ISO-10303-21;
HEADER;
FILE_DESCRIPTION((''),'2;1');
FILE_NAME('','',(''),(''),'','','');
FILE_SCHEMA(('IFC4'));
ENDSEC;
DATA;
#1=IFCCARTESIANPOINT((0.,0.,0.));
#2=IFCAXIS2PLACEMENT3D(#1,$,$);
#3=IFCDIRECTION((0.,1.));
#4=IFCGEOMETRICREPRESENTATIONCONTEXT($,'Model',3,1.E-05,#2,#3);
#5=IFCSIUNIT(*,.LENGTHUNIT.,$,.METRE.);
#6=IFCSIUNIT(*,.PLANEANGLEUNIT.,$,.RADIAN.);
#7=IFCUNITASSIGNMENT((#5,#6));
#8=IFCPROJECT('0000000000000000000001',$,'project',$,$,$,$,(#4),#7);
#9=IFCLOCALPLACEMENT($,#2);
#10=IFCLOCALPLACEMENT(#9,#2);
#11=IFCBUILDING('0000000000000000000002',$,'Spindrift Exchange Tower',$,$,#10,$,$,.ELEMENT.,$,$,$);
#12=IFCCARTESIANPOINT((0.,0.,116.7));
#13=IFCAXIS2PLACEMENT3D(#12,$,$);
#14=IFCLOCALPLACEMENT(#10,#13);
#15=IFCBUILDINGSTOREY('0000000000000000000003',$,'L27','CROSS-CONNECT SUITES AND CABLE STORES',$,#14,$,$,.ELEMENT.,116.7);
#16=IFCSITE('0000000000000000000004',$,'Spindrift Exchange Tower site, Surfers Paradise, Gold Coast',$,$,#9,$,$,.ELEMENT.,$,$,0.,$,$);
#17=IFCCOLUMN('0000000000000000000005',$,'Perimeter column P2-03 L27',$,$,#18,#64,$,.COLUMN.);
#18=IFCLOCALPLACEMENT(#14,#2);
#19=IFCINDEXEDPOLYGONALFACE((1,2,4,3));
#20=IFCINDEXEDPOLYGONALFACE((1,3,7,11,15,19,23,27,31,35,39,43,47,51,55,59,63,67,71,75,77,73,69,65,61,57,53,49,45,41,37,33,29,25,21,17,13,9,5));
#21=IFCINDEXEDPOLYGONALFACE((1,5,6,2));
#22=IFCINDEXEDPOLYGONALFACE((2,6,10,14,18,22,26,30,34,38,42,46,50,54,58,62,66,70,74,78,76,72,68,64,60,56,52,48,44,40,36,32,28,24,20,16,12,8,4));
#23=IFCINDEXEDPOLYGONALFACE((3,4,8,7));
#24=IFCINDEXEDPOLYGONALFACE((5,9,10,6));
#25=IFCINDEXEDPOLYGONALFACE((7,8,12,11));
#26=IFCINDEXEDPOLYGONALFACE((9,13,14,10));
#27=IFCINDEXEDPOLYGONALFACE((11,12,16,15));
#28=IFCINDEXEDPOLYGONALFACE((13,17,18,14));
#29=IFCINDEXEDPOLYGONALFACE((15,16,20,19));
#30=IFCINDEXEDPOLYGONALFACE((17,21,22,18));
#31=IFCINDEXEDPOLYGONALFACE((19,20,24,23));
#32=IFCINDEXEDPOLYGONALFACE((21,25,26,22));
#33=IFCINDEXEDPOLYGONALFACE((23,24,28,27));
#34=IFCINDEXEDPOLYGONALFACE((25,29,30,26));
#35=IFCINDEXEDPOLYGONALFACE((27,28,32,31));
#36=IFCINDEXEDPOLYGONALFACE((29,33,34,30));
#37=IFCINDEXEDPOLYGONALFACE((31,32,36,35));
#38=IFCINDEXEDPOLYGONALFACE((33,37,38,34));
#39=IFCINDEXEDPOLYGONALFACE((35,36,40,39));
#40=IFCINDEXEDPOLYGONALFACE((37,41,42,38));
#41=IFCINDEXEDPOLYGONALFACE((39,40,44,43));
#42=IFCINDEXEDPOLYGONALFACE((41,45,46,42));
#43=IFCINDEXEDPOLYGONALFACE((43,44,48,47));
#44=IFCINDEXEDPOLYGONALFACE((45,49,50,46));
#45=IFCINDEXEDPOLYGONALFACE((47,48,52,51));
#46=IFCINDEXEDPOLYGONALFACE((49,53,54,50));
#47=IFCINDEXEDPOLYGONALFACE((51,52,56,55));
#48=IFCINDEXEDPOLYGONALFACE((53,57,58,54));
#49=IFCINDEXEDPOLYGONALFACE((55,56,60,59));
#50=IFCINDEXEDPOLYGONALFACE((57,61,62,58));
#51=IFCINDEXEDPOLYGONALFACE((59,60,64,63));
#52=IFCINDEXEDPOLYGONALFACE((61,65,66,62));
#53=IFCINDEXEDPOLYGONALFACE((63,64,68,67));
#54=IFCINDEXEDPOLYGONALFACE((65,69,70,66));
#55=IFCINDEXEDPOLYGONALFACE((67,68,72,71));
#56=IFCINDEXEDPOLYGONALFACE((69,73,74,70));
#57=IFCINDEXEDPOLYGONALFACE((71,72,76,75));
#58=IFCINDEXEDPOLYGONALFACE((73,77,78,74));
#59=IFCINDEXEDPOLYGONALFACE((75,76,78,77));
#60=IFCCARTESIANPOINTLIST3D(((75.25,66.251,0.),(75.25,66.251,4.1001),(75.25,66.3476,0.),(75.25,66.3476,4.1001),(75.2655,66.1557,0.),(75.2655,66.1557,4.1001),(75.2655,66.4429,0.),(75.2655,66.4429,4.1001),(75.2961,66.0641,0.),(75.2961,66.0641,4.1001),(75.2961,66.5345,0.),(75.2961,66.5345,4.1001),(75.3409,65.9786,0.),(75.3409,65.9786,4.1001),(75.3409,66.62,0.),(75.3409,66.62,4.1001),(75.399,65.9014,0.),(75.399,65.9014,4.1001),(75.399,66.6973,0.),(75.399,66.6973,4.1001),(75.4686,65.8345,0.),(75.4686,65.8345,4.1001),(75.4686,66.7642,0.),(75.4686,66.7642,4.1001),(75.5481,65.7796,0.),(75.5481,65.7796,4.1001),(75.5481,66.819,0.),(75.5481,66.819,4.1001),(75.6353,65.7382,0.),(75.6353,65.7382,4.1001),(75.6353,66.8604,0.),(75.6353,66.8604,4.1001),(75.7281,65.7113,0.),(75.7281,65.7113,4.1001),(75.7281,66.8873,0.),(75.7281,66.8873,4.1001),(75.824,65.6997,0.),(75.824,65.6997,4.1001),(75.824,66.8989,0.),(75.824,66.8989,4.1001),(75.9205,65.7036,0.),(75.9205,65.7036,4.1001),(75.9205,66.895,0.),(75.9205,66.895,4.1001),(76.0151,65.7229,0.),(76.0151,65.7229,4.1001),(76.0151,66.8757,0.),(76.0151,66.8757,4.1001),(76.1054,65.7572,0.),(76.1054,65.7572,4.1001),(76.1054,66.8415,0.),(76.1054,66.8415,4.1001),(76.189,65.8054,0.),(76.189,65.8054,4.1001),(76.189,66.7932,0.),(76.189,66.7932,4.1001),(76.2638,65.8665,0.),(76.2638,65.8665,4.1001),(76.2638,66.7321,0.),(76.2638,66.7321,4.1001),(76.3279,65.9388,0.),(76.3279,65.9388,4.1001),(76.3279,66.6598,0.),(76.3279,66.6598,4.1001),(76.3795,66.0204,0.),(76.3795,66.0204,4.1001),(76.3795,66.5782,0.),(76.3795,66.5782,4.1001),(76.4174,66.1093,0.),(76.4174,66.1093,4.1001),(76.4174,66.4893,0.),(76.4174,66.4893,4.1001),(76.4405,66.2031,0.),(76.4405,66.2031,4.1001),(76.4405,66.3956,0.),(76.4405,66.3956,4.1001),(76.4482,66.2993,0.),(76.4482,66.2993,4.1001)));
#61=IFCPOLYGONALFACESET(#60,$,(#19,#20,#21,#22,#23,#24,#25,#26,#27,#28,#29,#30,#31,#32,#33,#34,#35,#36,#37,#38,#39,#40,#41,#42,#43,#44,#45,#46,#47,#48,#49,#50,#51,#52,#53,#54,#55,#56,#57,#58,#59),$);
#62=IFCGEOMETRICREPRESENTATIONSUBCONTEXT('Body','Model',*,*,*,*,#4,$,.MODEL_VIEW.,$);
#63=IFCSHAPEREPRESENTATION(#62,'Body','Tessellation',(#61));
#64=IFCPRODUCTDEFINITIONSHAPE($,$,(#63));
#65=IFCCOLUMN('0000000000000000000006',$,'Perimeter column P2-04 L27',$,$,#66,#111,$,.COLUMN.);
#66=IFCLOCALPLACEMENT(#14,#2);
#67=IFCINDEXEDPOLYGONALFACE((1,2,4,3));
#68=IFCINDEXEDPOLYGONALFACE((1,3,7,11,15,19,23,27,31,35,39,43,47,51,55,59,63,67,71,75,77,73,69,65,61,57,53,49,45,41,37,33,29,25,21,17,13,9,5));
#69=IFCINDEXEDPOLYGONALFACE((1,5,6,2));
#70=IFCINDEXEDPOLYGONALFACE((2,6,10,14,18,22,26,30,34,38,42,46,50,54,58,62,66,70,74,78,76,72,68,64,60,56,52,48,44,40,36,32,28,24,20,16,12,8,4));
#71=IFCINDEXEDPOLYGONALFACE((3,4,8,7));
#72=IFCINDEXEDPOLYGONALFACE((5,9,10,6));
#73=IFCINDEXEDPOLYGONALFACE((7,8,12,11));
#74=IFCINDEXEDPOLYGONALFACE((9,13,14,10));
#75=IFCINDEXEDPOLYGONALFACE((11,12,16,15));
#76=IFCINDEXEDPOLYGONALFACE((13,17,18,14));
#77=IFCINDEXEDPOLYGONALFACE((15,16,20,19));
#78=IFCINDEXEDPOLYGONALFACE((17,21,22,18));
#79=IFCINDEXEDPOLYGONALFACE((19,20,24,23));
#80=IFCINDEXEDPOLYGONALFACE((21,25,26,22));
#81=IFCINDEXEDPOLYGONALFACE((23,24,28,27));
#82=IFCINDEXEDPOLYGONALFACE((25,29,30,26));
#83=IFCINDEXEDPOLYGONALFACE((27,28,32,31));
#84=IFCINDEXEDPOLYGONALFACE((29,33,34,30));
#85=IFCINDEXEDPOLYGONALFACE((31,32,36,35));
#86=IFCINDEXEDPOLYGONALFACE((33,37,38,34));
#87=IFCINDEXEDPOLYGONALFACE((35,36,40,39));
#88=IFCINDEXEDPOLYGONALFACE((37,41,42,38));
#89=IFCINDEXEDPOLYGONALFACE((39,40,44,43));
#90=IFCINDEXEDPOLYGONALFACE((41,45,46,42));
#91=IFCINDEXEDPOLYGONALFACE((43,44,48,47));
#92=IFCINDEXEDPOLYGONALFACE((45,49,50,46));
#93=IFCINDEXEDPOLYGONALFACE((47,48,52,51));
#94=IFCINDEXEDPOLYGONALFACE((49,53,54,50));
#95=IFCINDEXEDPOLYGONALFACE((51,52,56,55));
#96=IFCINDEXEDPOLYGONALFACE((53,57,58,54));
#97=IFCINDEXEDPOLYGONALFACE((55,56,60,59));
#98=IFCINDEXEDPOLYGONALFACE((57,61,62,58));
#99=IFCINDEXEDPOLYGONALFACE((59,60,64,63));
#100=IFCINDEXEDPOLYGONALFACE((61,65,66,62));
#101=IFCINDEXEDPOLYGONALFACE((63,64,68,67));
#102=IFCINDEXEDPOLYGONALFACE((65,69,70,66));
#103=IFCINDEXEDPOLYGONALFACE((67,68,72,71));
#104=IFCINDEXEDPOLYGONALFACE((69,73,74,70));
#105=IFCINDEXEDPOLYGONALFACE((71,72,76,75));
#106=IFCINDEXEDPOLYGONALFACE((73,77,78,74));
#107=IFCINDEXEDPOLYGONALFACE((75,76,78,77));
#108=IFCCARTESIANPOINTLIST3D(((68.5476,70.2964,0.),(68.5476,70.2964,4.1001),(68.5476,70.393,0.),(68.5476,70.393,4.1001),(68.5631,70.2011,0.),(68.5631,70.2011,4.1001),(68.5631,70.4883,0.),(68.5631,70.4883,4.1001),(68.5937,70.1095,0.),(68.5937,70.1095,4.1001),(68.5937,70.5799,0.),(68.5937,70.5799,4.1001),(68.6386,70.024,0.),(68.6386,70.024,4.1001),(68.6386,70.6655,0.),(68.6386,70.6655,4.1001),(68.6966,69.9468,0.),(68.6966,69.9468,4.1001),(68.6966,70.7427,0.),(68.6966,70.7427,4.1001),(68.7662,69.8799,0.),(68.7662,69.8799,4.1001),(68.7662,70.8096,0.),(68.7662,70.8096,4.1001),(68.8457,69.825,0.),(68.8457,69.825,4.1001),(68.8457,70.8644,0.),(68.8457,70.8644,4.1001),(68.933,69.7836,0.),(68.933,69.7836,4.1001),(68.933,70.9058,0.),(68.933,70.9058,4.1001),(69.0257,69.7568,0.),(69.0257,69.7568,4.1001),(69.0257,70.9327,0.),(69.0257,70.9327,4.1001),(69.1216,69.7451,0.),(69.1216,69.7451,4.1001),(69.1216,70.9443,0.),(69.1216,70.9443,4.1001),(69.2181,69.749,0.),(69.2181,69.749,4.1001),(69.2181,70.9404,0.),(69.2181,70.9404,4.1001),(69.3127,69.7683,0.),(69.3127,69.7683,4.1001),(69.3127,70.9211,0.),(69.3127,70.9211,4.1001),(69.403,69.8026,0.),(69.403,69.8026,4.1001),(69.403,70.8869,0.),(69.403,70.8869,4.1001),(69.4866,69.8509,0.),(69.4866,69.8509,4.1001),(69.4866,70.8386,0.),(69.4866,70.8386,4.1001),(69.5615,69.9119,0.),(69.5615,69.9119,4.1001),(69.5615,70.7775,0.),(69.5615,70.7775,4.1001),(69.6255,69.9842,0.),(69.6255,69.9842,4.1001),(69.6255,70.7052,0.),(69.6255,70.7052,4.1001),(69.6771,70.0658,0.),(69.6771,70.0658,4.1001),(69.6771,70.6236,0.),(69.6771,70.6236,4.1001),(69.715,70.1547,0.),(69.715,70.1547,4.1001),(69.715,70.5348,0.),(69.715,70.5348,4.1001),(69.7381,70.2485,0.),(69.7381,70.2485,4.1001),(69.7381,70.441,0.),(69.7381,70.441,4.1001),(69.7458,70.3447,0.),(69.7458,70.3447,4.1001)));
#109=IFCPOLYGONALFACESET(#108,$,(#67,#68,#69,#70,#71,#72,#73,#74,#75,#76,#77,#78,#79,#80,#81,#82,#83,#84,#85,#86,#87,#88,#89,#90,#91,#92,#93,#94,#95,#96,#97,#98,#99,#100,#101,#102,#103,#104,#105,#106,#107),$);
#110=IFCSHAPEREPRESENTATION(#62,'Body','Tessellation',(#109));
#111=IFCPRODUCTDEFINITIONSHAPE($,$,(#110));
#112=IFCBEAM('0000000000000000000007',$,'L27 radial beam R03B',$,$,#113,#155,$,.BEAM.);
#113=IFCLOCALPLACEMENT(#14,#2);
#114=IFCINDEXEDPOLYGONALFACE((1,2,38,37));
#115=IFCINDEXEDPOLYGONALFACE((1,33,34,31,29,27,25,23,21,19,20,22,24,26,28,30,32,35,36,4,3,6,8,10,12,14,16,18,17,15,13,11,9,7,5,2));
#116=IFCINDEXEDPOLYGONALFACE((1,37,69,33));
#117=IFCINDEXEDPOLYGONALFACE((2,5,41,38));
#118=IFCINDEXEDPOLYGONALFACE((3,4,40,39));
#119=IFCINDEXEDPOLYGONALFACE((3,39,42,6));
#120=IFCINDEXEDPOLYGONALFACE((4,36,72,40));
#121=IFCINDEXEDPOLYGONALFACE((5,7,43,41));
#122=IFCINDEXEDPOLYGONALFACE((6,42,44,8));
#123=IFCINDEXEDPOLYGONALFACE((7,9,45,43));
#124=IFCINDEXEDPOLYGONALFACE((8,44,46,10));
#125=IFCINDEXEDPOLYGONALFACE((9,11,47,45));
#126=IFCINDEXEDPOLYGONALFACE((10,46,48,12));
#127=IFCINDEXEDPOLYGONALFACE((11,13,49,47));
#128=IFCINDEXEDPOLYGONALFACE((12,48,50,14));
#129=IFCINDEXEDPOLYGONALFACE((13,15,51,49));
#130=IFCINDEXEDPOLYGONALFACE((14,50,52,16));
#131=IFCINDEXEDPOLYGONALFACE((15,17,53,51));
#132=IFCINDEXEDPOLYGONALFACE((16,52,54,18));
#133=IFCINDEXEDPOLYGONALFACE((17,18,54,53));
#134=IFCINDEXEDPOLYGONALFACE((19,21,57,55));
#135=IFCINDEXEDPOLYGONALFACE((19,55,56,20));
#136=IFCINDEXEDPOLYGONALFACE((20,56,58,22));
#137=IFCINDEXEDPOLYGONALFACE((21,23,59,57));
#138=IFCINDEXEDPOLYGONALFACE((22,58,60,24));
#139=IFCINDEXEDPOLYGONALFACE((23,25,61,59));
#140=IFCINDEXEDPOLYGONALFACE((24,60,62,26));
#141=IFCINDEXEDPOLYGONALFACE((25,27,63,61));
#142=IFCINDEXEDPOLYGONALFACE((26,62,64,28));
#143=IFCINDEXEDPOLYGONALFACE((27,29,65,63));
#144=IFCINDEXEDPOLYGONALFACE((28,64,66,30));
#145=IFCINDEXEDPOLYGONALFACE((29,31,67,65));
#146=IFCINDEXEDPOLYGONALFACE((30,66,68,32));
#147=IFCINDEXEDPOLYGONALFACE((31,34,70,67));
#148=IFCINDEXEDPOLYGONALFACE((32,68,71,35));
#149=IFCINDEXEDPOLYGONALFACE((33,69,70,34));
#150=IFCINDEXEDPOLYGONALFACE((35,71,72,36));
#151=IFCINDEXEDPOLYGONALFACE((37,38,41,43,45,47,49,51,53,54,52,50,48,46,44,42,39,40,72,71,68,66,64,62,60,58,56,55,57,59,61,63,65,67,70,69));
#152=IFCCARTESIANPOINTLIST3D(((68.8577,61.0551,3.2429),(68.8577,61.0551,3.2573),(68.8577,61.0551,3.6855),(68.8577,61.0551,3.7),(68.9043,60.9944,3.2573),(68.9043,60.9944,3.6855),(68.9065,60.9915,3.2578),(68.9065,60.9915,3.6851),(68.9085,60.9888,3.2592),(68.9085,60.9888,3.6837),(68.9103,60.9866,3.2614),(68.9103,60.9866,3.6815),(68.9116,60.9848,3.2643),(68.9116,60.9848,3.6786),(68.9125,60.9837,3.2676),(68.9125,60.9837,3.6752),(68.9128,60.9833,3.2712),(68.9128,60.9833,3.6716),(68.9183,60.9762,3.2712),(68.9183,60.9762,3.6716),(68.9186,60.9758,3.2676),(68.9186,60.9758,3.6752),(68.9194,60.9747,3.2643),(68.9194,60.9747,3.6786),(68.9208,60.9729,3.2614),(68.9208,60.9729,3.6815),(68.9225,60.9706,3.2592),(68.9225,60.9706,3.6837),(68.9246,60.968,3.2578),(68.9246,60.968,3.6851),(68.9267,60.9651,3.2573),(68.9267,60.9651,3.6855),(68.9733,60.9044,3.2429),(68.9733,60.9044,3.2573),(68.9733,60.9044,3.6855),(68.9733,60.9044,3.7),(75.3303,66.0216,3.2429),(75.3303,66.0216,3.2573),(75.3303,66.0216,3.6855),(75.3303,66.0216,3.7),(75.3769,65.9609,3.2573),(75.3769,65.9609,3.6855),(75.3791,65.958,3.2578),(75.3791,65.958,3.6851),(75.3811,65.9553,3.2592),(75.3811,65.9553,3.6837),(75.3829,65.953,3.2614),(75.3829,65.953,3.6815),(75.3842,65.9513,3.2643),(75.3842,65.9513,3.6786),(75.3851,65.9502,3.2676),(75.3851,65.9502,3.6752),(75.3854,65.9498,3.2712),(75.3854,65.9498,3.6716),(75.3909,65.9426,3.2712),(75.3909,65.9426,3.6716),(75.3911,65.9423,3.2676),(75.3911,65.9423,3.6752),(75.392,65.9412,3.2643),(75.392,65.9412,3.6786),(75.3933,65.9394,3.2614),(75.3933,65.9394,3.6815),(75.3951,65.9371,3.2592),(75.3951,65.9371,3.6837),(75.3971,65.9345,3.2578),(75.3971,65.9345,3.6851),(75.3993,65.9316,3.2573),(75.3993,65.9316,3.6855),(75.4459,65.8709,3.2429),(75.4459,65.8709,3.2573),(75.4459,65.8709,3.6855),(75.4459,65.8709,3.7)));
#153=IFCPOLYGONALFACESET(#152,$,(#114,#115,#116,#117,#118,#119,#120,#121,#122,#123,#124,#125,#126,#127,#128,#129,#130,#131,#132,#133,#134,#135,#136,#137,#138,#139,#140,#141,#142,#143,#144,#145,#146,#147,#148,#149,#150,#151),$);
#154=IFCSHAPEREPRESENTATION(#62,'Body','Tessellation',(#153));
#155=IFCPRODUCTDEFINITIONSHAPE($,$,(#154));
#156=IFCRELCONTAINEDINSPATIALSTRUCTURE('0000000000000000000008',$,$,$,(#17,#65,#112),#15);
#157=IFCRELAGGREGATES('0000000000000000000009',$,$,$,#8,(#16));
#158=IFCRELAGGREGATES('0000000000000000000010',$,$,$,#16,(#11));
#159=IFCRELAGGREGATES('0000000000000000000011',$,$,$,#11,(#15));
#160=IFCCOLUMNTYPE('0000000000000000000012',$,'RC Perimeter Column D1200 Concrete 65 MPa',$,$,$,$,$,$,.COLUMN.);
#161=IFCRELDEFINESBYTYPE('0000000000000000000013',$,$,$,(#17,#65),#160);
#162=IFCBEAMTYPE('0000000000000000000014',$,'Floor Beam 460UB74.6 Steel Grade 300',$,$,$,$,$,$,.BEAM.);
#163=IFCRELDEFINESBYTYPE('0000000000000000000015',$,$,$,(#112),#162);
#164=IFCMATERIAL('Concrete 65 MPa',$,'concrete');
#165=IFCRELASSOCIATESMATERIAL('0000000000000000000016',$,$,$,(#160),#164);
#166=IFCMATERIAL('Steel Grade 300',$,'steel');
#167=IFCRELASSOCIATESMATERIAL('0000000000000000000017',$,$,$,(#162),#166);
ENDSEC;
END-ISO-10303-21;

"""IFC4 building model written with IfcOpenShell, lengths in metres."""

from ifc_helpers import new_model, si_unit, direction, frame, origin, origin_2d, place, context, subcontext, project, spatial, circle, i_section, extrude, source, transform, mapped, material, material_profile, profile_set, type_object, element, save


model = new_model("IFC4")

# Units and contexts
model_context = context("Model", 3, precision=1e-05, world=origin(), true_north=direction((0.0, 1.0)))
body_context = subcontext(model_context, "Body", "Model", "MODEL_VIEW")
ifc_project = project(units=[si_unit("LENGTHUNIT", "METRE"), si_unit("PLANEANGLEUNIT", "RADIAN")], contexts=[model_context])

# Site, building, storey
site_placement = place(None, origin())
site = spatial("IfcSite", under=ifc_project, at=site_placement, Name="Spindrift Exchange Tower site, Surfers Paradise, Gold Coast", CompositionType="ELEMENT", RefElevation=0.0)
building_placement = place(site_placement, origin())
building = spatial("IfcBuilding", under=site, at=building_placement, Name="Spindrift Exchange Tower", CompositionType="ELEMENT")
storey_placement = place(building_placement, frame((0.0, 0.0, 116.7)))
storey = spatial("IfcBuildingStorey", under=building, at=storey_placement, Name="L27", Description="CROSS-CONNECT SUITES AND CABLE STORES", CompositionType="ELEMENT", Elevation=116.7)

# Columns
ifc_material_1 = material(Name="Concrete 65 MPa", Category="concrete")
ifc_material_profile_1 = material_profile(ifc_material_1, circle(Radius=0.6001, at=origin_2d()), Name="RC D1200")
ifc_profile_set_1 = profile_set([ifc_material_profile_1], Name="Concrete 65 MPa")
column_type = type_object("IfcColumnType", Name="RC Perimeter Column D1200 Concrete 65 MPa", PredefinedType="COLUMN", material=ifc_profile_set_1)
shared_shape_1 = source(origin(), body_context, "Body", "SweptSolid", [
    extrude(circle(Radius=0.6001, at=origin_2d()), origin(), (0.0, 0.0, 1.0), 4.1001),
])
for number, where, z_axis, x_axis, name in (
    (1, (75.8481, 66.2993, 0.0), (0.0, 0.0, 1.0), (1.0, 0.0, 0.0), "Perimeter column P2-03 L27"),
    (2, (69.1458, 70.3447, 0.0), (0.0, 0.0, 1.0), (1.0, 0.0, 0.0), "Perimeter column P2-04 L27"),
):
    element("IfcColumn", number, at=place(storey_placement, frame(where, z_axis=z_axis, x_axis=x_axis)), inside=storey, type_object=column_type, Name=name, PredefinedType="COLUMN", context=body_context, shape_type="MappedRepresentation", body=[
        mapped(shared_shape_1, transform((0.0, 0.0, 0.0), scale=1.0)),
    ])

# Beam
ifc_material_2 = material(Name="Steel Grade 300", Category="steel")
ifc_material_profile_2 = material_profile(ifc_material_2, i_section(OverallWidth=0.1899, OverallDepth=0.457, WebThickness=0.009, FlangeThickness=0.0144, FilletRadius=0.0139, at=origin_2d()), Name="460UB74.6")
ifc_profile_set_2 = profile_set([ifc_material_profile_2], Name="Steel Grade 300")
beam_type_1 = type_object("IfcBeamType", Name="Floor Beam 460UB74.6 Steel Grade 300", PredefinedType="BEAM", material=ifc_profile_set_2)
shared_shape_2 = source(origin(), body_context, "Body", "SweptSolid", [
    extrude(i_section(OverallWidth=0.1899, OverallDepth=0.457, WebThickness=0.009, FlangeThickness=0.0144, FilletRadius=0.0139, at=origin_2d()), origin(), (0.0, 0.0, 1.0), 8.1584),
])
beam_1_placement = place(storey_placement, frame((68.9155, 60.9797, 3.4714), z_axis=(0.793359, 0.608754, 0.0), x_axis=(-0.608754, 0.793359, 0.0)))
element("IfcBeam", 3, at=beam_1_placement, inside=storey, type_object=beam_type_1, Name="L27 radial beam R03B", PredefinedType="BEAM", context=body_context, shape_type="MappedRepresentation", body=[
    mapped(shared_shape_2, transform((0.0, 0.0, 0.0), scale=1.0)),
])

save(model, "model.ifc")
